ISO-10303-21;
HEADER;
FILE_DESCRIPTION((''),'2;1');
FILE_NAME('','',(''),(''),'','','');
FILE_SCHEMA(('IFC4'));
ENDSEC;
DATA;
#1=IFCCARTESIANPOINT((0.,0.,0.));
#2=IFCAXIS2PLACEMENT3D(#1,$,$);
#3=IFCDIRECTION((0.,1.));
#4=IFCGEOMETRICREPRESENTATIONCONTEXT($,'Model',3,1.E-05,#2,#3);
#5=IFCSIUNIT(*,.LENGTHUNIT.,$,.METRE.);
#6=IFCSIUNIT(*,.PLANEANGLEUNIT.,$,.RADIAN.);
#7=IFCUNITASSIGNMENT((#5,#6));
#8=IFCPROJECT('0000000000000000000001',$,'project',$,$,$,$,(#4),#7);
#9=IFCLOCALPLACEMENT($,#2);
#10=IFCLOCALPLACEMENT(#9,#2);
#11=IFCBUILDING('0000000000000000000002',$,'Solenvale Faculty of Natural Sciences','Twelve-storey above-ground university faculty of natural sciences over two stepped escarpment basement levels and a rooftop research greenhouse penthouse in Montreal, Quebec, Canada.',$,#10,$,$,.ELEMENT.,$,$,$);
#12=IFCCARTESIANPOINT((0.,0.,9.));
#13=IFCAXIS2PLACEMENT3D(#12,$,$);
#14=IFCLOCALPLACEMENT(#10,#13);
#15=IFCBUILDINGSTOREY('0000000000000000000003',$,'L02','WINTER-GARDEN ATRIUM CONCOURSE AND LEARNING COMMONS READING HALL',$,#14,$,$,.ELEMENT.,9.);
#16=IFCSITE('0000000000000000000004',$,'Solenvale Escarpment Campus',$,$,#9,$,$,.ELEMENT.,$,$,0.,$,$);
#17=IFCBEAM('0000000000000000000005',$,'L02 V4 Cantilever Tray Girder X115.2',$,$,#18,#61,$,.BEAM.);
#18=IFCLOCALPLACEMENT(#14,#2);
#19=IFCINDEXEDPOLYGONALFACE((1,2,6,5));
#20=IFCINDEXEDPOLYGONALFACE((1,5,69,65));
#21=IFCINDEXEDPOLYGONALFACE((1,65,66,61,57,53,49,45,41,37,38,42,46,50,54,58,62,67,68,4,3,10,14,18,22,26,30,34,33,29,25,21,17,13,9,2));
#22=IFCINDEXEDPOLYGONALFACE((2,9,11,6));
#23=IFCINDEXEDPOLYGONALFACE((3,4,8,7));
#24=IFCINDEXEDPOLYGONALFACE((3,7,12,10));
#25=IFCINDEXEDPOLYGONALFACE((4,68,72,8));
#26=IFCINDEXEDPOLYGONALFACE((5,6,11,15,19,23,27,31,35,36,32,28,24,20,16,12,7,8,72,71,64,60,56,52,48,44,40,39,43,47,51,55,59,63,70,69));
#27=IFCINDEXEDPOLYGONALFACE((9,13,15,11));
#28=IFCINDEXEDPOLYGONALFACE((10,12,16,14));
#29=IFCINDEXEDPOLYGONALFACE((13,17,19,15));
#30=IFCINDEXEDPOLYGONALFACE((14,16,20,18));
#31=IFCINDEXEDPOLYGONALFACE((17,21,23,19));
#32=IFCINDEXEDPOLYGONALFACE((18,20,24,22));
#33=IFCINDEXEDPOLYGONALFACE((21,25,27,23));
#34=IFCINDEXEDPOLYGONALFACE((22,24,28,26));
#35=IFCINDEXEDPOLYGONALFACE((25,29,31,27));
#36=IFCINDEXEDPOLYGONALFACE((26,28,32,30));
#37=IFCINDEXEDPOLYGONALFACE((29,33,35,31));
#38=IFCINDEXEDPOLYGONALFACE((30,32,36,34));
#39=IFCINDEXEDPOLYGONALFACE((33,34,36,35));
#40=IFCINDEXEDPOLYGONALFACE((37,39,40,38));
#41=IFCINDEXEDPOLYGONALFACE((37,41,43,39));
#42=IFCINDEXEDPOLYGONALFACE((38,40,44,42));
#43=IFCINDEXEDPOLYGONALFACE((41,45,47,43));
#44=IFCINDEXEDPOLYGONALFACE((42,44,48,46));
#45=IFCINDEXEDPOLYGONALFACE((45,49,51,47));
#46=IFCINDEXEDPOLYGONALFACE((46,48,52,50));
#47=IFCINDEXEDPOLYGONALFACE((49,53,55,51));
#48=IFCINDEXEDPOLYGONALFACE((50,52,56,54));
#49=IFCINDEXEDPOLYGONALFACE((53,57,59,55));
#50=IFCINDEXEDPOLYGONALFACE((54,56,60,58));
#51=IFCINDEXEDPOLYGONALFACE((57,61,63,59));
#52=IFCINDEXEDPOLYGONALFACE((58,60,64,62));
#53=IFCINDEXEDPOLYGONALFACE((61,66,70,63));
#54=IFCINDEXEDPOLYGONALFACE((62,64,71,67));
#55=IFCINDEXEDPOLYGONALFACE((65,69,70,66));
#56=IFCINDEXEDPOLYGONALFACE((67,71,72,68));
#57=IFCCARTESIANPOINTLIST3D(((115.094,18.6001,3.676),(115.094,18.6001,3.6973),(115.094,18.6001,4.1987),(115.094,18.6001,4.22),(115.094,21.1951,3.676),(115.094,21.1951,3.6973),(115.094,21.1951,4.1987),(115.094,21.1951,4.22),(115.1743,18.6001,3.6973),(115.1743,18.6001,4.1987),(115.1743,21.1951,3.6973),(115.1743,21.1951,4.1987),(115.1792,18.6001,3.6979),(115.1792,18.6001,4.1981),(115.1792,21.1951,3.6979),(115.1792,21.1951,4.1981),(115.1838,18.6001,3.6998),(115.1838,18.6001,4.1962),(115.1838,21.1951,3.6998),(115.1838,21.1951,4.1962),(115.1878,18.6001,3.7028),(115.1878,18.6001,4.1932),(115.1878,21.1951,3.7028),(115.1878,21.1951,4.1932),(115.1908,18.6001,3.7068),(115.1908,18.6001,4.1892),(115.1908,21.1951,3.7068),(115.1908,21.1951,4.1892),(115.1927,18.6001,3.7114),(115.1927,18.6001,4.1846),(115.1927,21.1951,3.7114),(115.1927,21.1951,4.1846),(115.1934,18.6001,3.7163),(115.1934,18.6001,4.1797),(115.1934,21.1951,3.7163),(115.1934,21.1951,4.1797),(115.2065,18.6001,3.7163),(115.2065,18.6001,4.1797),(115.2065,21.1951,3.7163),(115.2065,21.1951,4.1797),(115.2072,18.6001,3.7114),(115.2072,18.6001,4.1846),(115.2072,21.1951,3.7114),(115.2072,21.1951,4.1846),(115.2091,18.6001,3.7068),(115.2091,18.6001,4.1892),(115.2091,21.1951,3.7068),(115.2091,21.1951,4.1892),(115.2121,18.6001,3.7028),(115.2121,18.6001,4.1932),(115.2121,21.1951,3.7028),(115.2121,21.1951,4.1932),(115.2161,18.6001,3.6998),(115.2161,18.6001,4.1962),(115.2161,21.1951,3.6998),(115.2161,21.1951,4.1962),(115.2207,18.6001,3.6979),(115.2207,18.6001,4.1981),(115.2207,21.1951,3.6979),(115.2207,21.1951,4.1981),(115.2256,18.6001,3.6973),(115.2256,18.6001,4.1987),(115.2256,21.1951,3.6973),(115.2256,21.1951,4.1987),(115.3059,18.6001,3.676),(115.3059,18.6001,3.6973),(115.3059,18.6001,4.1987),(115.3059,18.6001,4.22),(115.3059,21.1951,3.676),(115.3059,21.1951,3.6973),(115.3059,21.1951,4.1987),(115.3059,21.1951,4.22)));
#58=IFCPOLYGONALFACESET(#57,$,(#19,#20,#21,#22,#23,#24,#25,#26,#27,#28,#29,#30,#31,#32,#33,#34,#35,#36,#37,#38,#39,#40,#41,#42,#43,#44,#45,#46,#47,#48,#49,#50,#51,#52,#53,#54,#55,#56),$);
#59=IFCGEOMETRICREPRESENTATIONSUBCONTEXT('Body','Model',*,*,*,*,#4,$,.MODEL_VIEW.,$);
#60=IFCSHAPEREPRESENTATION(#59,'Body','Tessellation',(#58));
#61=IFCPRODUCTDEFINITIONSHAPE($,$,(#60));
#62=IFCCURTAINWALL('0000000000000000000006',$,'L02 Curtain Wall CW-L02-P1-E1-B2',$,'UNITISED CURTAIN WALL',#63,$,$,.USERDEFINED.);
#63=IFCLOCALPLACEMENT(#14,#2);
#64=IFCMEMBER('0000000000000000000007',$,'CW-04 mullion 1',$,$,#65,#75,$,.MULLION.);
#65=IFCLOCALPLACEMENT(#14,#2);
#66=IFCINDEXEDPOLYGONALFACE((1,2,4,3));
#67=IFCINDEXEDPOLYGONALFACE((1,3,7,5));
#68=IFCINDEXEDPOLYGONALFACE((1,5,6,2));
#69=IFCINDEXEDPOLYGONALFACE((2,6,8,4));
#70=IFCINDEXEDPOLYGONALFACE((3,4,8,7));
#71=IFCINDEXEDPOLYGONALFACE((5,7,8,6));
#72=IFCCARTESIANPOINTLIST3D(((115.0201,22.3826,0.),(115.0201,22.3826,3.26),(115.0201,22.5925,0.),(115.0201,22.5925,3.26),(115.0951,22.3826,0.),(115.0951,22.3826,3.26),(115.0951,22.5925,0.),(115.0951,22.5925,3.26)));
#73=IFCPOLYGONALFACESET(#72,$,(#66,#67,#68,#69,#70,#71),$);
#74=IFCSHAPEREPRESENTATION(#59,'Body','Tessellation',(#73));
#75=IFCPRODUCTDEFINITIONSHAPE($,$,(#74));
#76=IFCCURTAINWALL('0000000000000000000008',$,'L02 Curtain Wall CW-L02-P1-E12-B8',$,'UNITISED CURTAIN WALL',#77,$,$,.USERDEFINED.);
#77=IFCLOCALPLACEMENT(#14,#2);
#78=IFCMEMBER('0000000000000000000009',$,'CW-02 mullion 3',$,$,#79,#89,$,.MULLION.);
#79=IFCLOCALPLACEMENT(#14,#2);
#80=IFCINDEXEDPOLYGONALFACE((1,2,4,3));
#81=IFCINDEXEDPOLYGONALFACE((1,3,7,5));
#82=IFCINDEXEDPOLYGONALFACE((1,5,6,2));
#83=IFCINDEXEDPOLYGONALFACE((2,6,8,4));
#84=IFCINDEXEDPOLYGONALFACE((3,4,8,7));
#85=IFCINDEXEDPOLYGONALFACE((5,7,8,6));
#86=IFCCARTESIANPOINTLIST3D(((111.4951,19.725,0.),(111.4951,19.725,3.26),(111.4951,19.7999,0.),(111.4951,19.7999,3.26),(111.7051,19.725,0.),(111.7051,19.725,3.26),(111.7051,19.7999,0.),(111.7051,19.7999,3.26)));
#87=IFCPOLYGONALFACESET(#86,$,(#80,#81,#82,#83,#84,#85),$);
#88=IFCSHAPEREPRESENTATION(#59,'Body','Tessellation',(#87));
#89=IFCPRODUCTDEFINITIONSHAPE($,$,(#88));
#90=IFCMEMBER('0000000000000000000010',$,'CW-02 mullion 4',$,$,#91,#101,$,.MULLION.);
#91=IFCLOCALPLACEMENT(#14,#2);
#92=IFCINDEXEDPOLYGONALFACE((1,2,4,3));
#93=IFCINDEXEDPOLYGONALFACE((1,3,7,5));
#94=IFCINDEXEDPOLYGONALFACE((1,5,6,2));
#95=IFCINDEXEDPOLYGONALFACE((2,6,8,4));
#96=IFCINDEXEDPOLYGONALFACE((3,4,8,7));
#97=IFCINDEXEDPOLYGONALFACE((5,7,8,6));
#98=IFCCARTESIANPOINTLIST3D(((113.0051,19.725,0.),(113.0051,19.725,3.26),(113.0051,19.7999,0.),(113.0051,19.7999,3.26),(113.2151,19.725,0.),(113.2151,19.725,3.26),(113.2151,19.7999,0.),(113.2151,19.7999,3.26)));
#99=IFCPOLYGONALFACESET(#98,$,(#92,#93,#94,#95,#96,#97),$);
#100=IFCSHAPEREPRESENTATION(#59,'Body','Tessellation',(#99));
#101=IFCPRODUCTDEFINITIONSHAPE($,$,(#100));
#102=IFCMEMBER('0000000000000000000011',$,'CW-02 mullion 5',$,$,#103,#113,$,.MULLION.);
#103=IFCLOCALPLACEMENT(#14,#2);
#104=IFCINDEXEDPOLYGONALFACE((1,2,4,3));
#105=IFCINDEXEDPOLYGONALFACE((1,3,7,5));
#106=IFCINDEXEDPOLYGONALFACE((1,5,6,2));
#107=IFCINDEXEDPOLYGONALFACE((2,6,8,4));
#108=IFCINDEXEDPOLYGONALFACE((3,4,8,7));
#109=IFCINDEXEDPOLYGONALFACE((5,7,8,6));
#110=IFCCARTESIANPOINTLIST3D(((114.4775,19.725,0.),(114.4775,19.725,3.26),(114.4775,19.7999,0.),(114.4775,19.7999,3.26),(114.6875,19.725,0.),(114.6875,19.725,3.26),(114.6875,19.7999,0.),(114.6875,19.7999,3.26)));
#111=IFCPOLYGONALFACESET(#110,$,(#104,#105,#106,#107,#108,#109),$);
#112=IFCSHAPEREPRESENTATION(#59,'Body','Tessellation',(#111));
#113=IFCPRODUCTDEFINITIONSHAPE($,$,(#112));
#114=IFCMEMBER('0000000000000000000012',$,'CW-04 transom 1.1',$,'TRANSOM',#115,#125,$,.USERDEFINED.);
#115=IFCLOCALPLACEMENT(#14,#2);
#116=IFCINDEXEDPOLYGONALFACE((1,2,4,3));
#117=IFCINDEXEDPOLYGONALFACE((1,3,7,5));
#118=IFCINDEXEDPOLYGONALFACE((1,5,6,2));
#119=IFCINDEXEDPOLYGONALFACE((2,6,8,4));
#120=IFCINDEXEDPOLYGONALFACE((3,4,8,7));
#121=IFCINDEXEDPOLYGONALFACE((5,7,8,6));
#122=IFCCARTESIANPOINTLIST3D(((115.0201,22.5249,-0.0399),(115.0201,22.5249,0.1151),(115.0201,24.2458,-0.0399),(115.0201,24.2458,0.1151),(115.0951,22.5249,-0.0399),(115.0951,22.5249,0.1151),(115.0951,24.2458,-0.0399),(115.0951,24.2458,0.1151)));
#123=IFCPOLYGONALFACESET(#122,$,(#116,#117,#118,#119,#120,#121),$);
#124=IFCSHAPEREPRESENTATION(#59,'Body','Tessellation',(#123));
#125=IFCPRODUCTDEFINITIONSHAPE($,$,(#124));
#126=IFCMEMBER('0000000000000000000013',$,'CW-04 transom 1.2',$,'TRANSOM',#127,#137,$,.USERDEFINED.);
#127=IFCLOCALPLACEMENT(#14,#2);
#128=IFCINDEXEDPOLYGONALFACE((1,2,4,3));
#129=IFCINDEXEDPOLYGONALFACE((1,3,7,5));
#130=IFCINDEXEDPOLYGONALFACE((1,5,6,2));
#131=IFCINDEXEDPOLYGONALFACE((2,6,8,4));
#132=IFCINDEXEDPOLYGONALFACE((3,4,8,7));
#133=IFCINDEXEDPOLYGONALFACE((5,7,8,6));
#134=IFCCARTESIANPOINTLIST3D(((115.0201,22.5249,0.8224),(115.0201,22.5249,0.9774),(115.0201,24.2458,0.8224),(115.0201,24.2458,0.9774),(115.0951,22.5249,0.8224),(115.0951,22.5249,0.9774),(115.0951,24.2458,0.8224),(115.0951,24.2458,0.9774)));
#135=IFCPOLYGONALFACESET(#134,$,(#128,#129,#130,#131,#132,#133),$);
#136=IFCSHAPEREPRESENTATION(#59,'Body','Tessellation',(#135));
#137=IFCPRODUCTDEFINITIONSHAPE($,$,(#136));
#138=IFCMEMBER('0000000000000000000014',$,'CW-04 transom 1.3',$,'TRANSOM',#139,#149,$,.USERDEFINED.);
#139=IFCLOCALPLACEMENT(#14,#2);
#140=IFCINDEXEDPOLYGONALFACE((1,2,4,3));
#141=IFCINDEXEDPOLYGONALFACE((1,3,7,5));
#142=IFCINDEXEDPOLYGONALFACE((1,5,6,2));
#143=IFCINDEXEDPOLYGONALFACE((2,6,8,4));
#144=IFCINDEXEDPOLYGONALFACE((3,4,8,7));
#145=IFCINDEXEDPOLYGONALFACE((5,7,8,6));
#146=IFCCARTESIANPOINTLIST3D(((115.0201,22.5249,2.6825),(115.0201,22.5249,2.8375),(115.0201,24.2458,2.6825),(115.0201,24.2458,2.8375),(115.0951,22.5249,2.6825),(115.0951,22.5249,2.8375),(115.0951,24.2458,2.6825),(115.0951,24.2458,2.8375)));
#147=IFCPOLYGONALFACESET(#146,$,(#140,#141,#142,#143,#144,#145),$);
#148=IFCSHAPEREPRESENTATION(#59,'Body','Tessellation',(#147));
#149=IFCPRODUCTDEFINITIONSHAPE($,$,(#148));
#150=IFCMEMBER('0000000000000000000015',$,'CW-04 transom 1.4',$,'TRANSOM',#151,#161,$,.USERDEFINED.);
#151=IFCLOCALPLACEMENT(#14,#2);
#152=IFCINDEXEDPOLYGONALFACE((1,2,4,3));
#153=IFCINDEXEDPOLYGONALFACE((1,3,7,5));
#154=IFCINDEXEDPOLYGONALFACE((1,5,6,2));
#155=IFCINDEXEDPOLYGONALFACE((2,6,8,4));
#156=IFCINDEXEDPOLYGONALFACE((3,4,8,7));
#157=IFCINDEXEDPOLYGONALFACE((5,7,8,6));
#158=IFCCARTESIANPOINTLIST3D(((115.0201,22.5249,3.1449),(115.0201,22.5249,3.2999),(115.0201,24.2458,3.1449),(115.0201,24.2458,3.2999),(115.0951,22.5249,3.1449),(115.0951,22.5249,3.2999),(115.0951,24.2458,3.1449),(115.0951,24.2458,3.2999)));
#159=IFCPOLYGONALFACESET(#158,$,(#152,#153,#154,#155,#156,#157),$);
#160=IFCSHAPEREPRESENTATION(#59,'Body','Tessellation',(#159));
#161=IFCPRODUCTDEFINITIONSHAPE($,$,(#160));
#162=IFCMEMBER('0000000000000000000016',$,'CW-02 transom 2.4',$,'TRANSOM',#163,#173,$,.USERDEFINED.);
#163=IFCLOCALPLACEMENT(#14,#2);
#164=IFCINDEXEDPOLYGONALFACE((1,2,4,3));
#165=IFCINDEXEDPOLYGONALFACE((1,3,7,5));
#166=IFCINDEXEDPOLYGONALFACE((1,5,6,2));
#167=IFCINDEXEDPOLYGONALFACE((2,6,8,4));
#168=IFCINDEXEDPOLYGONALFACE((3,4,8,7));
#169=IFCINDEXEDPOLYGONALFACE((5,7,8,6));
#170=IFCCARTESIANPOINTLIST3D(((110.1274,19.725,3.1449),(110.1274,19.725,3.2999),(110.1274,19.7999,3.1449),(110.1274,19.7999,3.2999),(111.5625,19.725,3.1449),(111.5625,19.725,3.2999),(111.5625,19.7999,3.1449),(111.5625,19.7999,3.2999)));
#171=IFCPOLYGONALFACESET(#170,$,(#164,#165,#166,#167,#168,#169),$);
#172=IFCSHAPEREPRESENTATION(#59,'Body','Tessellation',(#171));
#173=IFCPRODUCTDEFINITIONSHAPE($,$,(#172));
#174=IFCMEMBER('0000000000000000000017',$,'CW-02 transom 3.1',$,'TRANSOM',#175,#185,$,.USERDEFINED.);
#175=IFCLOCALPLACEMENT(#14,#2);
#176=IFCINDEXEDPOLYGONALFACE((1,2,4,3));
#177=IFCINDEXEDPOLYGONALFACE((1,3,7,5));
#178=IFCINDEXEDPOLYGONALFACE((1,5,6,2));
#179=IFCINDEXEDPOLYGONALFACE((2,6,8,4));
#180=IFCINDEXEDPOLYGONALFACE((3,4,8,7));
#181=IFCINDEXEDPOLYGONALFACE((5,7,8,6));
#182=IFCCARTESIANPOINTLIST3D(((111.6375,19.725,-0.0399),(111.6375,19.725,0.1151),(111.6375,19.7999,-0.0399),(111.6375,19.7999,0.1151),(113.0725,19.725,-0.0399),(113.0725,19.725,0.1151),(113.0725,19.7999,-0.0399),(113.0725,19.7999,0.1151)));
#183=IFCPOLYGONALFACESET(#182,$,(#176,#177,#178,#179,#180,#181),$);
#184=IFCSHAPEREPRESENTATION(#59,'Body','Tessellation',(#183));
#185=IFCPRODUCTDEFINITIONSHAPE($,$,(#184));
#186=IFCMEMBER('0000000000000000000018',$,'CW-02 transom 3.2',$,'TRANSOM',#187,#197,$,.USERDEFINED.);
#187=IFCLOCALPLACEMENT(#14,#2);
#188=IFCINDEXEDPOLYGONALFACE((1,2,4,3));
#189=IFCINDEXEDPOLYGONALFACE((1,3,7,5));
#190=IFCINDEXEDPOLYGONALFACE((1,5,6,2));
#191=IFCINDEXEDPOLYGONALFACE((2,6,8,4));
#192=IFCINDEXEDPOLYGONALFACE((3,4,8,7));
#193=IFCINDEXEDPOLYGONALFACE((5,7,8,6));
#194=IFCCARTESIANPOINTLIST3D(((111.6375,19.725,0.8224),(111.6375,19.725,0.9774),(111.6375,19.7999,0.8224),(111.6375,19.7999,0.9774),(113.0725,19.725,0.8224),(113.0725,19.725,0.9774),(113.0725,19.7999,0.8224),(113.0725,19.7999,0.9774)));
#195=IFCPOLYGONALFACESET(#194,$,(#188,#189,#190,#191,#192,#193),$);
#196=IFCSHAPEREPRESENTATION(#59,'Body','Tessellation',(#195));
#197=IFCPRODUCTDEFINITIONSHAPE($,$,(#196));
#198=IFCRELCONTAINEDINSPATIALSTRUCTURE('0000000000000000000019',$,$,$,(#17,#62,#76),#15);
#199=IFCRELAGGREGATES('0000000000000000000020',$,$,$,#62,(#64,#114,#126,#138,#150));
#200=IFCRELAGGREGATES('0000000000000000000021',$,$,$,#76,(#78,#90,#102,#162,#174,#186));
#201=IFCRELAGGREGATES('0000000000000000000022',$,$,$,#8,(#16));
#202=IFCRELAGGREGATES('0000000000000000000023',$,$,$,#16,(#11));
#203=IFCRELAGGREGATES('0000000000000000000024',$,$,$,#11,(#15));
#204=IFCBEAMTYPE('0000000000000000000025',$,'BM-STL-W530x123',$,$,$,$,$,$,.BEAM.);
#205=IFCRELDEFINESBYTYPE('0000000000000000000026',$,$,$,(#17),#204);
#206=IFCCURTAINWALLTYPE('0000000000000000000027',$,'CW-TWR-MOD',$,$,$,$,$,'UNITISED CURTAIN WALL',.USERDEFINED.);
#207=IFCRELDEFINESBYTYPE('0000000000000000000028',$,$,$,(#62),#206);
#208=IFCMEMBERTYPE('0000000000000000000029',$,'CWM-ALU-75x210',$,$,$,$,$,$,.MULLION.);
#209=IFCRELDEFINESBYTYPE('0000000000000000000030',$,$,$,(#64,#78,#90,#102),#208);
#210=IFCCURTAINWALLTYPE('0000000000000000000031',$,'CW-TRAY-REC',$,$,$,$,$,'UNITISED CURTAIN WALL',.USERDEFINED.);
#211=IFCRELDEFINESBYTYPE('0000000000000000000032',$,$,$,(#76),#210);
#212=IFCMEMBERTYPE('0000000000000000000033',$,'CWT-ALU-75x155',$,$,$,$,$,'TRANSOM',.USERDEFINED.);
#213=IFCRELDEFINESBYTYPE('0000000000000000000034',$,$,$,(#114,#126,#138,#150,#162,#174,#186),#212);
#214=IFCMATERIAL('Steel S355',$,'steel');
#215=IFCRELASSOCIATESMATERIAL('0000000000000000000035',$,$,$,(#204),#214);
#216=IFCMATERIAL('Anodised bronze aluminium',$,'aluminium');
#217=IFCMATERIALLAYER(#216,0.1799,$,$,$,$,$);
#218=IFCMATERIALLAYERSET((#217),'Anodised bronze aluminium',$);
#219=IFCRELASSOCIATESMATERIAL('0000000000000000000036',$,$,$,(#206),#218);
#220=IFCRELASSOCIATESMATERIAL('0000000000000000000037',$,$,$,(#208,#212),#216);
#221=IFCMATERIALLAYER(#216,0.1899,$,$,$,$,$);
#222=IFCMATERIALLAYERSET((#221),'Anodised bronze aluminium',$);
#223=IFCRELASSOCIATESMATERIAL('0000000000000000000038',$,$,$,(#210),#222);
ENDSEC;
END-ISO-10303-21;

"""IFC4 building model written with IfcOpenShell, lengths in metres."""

from ifc_helpers import new_model, si_unit, direction, frame, origin, origin_2d, place, context, subcontext, project, spatial, rectangle, i_section, extrude, material, layer, layer_set, material_profile, profile_set, type_object, element, aggregate, save


model = new_model("IFC4")

# Units and contexts
model_context = context("Model", 3, precision=1e-05, world=origin(), true_north=direction((0.0, 1.0)))
body_context = subcontext(model_context, "Body", "Model", "MODEL_VIEW")
ifc_project = project(units=[si_unit("LENGTHUNIT", "METRE"), si_unit("PLANEANGLEUNIT", "RADIAN")], contexts=[model_context])

# Site, building, storey
site_placement = place(None, origin())
site = spatial("IfcSite", under=ifc_project, at=site_placement, Name="Solenvale Escarpment Campus", CompositionType="ELEMENT", RefElevation=0.0)
building_placement = place(site_placement, origin())
building = spatial("IfcBuilding", under=site, at=building_placement, Name="Solenvale Faculty of Natural Sciences", Description="Twelve-storey above-ground university faculty of natural sciences over two stepped escarpment basement levels and a rooftop research greenhouse penthouse in Montreal, Quebec, Canada.", CompositionType="ELEMENT")
storey_placement = place(building_placement, frame((0.0, 0.0, 9.0)))
storey = spatial("IfcBuildingStorey", under=building, at=storey_placement, Name="L02", Description="WINTER-GARDEN ATRIUM CONCOURSE AND LEARNING COMMONS READING HALL", CompositionType="ELEMENT", Elevation=9.0)

# Beam
ifc_material_1 = material(Name="Steel S355", Category="steel")
ifc_material_profile_1 = material_profile(ifc_material_1, i_section(OverallWidth=0.2119, OverallDepth=0.5439, WebThickness=0.0132, FlangeThickness=0.0212, FilletRadius=0.019, at=origin_2d()), Name="W530x123")
ifc_profile_set_1 = profile_set([ifc_material_profile_1], Name="Steel S355")
beam_type = type_object("IfcBeamType", Name="BM-STL-W530x123", PredefinedType="BEAM", material=ifc_profile_set_1)
beam_placement = place(storey_placement, frame((115.2, 21.1951, 3.948), z_axis=(0.0, -1.0, 0.0), x_axis=(1.0, 0.0, 0.0)))
element("IfcBeam", 1, at=beam_placement, inside=storey, type_object=beam_type, Name="L02 V4 Cantilever Tray Girder X115.2", PredefinedType="BEAM", context=body_context, shape_type="SweptSolid", body=[
    extrude(i_section(OverallWidth=0.2119, OverallDepth=0.5439, WebThickness=0.0132, FlangeThickness=0.0212, FilletRadius=0.019, at=origin_2d()), origin(), (0.0, 0.0, 1.0), 2.595),
])

# Curtain wall, member
ifc_material_2 = material(Name="Anodised bronze aluminium", Category="aluminium")
ifc_layer_1 = layer(ifc_material_2, 0.1799)
ifc_layer_set_1 = layer_set([ifc_layer_1], Name="Anodised bronze aluminium")
curtain_wall_type_1 = type_object("IfcCurtainWallType", Name="CW-TWR-MOD", ElementType="UNITISED CURTAIN WALL", PredefinedType="USERDEFINED", material=ifc_layer_set_1)
curtain_wall_1_placement = place(storey_placement, origin())
curtain_wall_1 = element("IfcCurtainWall", 2, at=curtain_wall_1_placement, inside=storey, type_object=curtain_wall_type_1, Name="L02 Curtain Wall CW-L02-P1-E1-B2", ObjectType="UNITISED CURTAIN WALL", PredefinedType="USERDEFINED")
ifc_material_profile_2 = material_profile(ifc_material_2, rectangle(XDim=0.075, YDim=0.21, at=origin_2d()), Name="ALU-MUL-75x210")
ifc_profile_set_2 = profile_set([ifc_material_profile_2], Name="Anodised bronze aluminium")
member_type_1 = type_object("IfcMemberType", Name="CWM-ALU-75x210", PredefinedType="MULLION", material=ifc_profile_set_2)
member_1_placement = place(storey_placement, frame((115.0576, 22.4875, 0.0), z_axis=(0.0, 0.0, 1.0), x_axis=(-1.0, 0.0, 0.0)))
member_1 = element("IfcMember", 3, at=member_1_placement, type_object=member_type_1, Name="CW-04 mullion 1", PredefinedType="MULLION", context=body_context, shape_type="SweptSolid", body=[
    extrude(rectangle(XDim=0.075, YDim=0.21, at=origin_2d()), origin(), (0.0, 0.0, 1.0), 3.26),
])

# Curtain wall, members
ifc_layer_2 = layer(ifc_material_2, 0.1899)
ifc_layer_set_2 = layer_set([ifc_layer_2], Name="Anodised bronze aluminium")
curtain_wall_type_2 = type_object("IfcCurtainWallType", Name="CW-TRAY-REC", ElementType="UNITISED CURTAIN WALL", PredefinedType="USERDEFINED", material=ifc_layer_set_2)
curtain_wall_2_placement = place(storey_placement, origin())
curtain_wall_2 = element("IfcCurtainWall", 4, at=curtain_wall_2_placement, inside=storey, type_object=curtain_wall_type_2, Name="L02 Curtain Wall CW-L02-P1-E12-B8", ObjectType="UNITISED CURTAIN WALL", PredefinedType="USERDEFINED")
member_2_placement = place(storey_placement, frame((111.6001, 19.7625, 0.0), z_axis=(0.0, 0.0, 1.0), x_axis=(0.0, 1.0, 0.0)))
member_2 = element("IfcMember", 5, at=member_2_placement, type_object=member_type_1, Name="CW-02 mullion 3", PredefinedType="MULLION", context=body_context, shape_type="SweptSolid", body=[
    extrude(rectangle(XDim=0.075, YDim=0.21, at=origin_2d()), origin(), (0.0, 0.0, 1.0), 3.26),
])
member_3_placement = place(storey_placement, frame((113.1101, 19.7625, 0.0), z_axis=(0.0, 0.0, 1.0), x_axis=(0.0, 1.0, 0.0)))
member_3 = element("IfcMember", 6, at=member_3_placement, type_object=member_type_1, Name="CW-02 mullion 4", PredefinedType="MULLION", context=body_context, shape_type="SweptSolid", body=[
    extrude(rectangle(XDim=0.075, YDim=0.21, at=origin_2d()), origin(), (0.0, 0.0, 1.0), 3.26),
])
member_4_placement = place(storey_placement, frame((114.5825, 19.7625, 0.0), z_axis=(0.0, 0.0, 1.0), x_axis=(0.0, 1.0, 0.0)))
member_4 = element("IfcMember", 7, at=member_4_placement, type_object=member_type_1, Name="CW-02 mullion 5", PredefinedType="MULLION", context=body_context, shape_type="SweptSolid", body=[
    extrude(rectangle(XDim=0.075, YDim=0.21, at=origin_2d()), origin(), (0.0, 0.0, 1.0), 3.26),
])

# Members
ifc_material_profile_3 = material_profile(ifc_material_2, rectangle(XDim=0.075, YDim=0.155, at=origin_2d()), Name="ALU-TRN-75x155")
ifc_profile_set_3 = profile_set([ifc_material_profile_3], Name="Anodised bronze aluminium")
member_type_2 = type_object("IfcMemberType", Name="CWT-ALU-75x155", ElementType="TRANSOM", PredefinedType="USERDEFINED", material=ifc_profile_set_3)
member_5_placement = place(storey_placement, frame((115.0576, 22.5249, 0.0376), z_axis=(0.0, 1.0, 0.0), x_axis=(-1.0, 0.0, 0.0)))
member_5 = element("IfcMember", 8, at=member_5_placement, type_object=member_type_2, Name="CW-04 transom 1.1", ObjectType="TRANSOM", PredefinedType="USERDEFINED", context=body_context, shape_type="SweptSolid", body=[
    extrude(rectangle(XDim=0.075, YDim=0.155, at=origin_2d()), origin(), (0.0, 0.0, 1.0), 1.7209),
])
member_6_placement = place(storey_placement, frame((115.0576, 22.5249, 0.8999), z_axis=(0.0, 1.0, 0.0), x_axis=(-1.0, 0.0, 0.0)))
member_6 = element("IfcMember", 9, at=member_6_placement, type_object=member_type_2, Name="CW-04 transom 1.2", ObjectType="TRANSOM", PredefinedType="USERDEFINED", context=body_context, shape_type="SweptSolid", body=[
    extrude(rectangle(XDim=0.075, YDim=0.155, at=origin_2d()), origin(), (0.0, 0.0, 1.0), 1.7209),
])
member_7_placement = place(storey_placement, frame((115.0576, 22.5249, 2.76), z_axis=(0.0, 1.0, 0.0), x_axis=(-1.0, 0.0, 0.0)))
member_7 = element("IfcMember", 10, at=member_7_placement, type_object=member_type_2, Name="CW-04 transom 1.3", ObjectType="TRANSOM", PredefinedType="USERDEFINED", context=body_context, shape_type="SweptSolid", body=[
    extrude(rectangle(XDim=0.075, YDim=0.155, at=origin_2d()), origin(), (0.0, 0.0, 1.0), 1.7209),
])
member_8_placement = place(storey_placement, frame((115.0576, 22.5249, 3.2224), z_axis=(0.0, 1.0, 0.0), x_axis=(-1.0, 0.0, 0.0)))
member_8 = element("IfcMember", 11, at=member_8_placement, type_object=member_type_2, Name="CW-04 transom 1.4", ObjectType="TRANSOM", PredefinedType="USERDEFINED", context=body_context, shape_type="SweptSolid", body=[
    extrude(rectangle(XDim=0.075, YDim=0.155, at=origin_2d()), origin(), (0.0, 0.0, 1.0), 1.7209),
])
aggregate(curtain_wall_1, [member_1, member_5, member_6, member_7, member_8])
member_9_placement = place(storey_placement, frame((110.1274, 19.7625, 3.2224), z_axis=(1.0, 0.0, 0.0), x_axis=(0.0, 1.0, 0.0)))
member_9 = element("IfcMember", 12, at=member_9_placement, type_object=member_type_2, Name="CW-02 transom 2.4", ObjectType="TRANSOM", PredefinedType="USERDEFINED", context=body_context, shape_type="SweptSolid", body=[
    extrude(rectangle(XDim=0.075, YDim=0.155, at=origin_2d()), origin(), (0.0, 0.0, 1.0), 1.4351),
])
member_10_placement = place(storey_placement, frame((111.6375, 19.7625, 0.0376), z_axis=(1.0, 0.0, 0.0), x_axis=(0.0, 1.0, 0.0)))
member_10 = element("IfcMember", 13, at=member_10_placement, type_object=member_type_2, Name="CW-02 transom 3.1", ObjectType="TRANSOM", PredefinedType="USERDEFINED", context=body_context, shape_type="SweptSolid", body=[
    extrude(rectangle(XDim=0.075, YDim=0.155, at=origin_2d()), origin(), (0.0, 0.0, 1.0), 1.4351),
])
member_11_placement = place(storey_placement, frame((111.6375, 19.7625, 0.8999), z_axis=(1.0, 0.0, 0.0), x_axis=(0.0, 1.0, 0.0)))
member_11 = element("IfcMember", 14, at=member_11_placement, type_object=member_type_2, Name="CW-02 transom 3.2", ObjectType="TRANSOM", PredefinedType="USERDEFINED", context=body_context, shape_type="SweptSolid", body=[
    extrude(rectangle(XDim=0.075, YDim=0.155, at=origin_2d()), origin(), (0.0, 0.0, 1.0), 1.4351),
])

aggregate(curtain_wall_2, [member_2, member_3, member_4, member_9, member_10, member_11])

save(model, "model.ifc")
